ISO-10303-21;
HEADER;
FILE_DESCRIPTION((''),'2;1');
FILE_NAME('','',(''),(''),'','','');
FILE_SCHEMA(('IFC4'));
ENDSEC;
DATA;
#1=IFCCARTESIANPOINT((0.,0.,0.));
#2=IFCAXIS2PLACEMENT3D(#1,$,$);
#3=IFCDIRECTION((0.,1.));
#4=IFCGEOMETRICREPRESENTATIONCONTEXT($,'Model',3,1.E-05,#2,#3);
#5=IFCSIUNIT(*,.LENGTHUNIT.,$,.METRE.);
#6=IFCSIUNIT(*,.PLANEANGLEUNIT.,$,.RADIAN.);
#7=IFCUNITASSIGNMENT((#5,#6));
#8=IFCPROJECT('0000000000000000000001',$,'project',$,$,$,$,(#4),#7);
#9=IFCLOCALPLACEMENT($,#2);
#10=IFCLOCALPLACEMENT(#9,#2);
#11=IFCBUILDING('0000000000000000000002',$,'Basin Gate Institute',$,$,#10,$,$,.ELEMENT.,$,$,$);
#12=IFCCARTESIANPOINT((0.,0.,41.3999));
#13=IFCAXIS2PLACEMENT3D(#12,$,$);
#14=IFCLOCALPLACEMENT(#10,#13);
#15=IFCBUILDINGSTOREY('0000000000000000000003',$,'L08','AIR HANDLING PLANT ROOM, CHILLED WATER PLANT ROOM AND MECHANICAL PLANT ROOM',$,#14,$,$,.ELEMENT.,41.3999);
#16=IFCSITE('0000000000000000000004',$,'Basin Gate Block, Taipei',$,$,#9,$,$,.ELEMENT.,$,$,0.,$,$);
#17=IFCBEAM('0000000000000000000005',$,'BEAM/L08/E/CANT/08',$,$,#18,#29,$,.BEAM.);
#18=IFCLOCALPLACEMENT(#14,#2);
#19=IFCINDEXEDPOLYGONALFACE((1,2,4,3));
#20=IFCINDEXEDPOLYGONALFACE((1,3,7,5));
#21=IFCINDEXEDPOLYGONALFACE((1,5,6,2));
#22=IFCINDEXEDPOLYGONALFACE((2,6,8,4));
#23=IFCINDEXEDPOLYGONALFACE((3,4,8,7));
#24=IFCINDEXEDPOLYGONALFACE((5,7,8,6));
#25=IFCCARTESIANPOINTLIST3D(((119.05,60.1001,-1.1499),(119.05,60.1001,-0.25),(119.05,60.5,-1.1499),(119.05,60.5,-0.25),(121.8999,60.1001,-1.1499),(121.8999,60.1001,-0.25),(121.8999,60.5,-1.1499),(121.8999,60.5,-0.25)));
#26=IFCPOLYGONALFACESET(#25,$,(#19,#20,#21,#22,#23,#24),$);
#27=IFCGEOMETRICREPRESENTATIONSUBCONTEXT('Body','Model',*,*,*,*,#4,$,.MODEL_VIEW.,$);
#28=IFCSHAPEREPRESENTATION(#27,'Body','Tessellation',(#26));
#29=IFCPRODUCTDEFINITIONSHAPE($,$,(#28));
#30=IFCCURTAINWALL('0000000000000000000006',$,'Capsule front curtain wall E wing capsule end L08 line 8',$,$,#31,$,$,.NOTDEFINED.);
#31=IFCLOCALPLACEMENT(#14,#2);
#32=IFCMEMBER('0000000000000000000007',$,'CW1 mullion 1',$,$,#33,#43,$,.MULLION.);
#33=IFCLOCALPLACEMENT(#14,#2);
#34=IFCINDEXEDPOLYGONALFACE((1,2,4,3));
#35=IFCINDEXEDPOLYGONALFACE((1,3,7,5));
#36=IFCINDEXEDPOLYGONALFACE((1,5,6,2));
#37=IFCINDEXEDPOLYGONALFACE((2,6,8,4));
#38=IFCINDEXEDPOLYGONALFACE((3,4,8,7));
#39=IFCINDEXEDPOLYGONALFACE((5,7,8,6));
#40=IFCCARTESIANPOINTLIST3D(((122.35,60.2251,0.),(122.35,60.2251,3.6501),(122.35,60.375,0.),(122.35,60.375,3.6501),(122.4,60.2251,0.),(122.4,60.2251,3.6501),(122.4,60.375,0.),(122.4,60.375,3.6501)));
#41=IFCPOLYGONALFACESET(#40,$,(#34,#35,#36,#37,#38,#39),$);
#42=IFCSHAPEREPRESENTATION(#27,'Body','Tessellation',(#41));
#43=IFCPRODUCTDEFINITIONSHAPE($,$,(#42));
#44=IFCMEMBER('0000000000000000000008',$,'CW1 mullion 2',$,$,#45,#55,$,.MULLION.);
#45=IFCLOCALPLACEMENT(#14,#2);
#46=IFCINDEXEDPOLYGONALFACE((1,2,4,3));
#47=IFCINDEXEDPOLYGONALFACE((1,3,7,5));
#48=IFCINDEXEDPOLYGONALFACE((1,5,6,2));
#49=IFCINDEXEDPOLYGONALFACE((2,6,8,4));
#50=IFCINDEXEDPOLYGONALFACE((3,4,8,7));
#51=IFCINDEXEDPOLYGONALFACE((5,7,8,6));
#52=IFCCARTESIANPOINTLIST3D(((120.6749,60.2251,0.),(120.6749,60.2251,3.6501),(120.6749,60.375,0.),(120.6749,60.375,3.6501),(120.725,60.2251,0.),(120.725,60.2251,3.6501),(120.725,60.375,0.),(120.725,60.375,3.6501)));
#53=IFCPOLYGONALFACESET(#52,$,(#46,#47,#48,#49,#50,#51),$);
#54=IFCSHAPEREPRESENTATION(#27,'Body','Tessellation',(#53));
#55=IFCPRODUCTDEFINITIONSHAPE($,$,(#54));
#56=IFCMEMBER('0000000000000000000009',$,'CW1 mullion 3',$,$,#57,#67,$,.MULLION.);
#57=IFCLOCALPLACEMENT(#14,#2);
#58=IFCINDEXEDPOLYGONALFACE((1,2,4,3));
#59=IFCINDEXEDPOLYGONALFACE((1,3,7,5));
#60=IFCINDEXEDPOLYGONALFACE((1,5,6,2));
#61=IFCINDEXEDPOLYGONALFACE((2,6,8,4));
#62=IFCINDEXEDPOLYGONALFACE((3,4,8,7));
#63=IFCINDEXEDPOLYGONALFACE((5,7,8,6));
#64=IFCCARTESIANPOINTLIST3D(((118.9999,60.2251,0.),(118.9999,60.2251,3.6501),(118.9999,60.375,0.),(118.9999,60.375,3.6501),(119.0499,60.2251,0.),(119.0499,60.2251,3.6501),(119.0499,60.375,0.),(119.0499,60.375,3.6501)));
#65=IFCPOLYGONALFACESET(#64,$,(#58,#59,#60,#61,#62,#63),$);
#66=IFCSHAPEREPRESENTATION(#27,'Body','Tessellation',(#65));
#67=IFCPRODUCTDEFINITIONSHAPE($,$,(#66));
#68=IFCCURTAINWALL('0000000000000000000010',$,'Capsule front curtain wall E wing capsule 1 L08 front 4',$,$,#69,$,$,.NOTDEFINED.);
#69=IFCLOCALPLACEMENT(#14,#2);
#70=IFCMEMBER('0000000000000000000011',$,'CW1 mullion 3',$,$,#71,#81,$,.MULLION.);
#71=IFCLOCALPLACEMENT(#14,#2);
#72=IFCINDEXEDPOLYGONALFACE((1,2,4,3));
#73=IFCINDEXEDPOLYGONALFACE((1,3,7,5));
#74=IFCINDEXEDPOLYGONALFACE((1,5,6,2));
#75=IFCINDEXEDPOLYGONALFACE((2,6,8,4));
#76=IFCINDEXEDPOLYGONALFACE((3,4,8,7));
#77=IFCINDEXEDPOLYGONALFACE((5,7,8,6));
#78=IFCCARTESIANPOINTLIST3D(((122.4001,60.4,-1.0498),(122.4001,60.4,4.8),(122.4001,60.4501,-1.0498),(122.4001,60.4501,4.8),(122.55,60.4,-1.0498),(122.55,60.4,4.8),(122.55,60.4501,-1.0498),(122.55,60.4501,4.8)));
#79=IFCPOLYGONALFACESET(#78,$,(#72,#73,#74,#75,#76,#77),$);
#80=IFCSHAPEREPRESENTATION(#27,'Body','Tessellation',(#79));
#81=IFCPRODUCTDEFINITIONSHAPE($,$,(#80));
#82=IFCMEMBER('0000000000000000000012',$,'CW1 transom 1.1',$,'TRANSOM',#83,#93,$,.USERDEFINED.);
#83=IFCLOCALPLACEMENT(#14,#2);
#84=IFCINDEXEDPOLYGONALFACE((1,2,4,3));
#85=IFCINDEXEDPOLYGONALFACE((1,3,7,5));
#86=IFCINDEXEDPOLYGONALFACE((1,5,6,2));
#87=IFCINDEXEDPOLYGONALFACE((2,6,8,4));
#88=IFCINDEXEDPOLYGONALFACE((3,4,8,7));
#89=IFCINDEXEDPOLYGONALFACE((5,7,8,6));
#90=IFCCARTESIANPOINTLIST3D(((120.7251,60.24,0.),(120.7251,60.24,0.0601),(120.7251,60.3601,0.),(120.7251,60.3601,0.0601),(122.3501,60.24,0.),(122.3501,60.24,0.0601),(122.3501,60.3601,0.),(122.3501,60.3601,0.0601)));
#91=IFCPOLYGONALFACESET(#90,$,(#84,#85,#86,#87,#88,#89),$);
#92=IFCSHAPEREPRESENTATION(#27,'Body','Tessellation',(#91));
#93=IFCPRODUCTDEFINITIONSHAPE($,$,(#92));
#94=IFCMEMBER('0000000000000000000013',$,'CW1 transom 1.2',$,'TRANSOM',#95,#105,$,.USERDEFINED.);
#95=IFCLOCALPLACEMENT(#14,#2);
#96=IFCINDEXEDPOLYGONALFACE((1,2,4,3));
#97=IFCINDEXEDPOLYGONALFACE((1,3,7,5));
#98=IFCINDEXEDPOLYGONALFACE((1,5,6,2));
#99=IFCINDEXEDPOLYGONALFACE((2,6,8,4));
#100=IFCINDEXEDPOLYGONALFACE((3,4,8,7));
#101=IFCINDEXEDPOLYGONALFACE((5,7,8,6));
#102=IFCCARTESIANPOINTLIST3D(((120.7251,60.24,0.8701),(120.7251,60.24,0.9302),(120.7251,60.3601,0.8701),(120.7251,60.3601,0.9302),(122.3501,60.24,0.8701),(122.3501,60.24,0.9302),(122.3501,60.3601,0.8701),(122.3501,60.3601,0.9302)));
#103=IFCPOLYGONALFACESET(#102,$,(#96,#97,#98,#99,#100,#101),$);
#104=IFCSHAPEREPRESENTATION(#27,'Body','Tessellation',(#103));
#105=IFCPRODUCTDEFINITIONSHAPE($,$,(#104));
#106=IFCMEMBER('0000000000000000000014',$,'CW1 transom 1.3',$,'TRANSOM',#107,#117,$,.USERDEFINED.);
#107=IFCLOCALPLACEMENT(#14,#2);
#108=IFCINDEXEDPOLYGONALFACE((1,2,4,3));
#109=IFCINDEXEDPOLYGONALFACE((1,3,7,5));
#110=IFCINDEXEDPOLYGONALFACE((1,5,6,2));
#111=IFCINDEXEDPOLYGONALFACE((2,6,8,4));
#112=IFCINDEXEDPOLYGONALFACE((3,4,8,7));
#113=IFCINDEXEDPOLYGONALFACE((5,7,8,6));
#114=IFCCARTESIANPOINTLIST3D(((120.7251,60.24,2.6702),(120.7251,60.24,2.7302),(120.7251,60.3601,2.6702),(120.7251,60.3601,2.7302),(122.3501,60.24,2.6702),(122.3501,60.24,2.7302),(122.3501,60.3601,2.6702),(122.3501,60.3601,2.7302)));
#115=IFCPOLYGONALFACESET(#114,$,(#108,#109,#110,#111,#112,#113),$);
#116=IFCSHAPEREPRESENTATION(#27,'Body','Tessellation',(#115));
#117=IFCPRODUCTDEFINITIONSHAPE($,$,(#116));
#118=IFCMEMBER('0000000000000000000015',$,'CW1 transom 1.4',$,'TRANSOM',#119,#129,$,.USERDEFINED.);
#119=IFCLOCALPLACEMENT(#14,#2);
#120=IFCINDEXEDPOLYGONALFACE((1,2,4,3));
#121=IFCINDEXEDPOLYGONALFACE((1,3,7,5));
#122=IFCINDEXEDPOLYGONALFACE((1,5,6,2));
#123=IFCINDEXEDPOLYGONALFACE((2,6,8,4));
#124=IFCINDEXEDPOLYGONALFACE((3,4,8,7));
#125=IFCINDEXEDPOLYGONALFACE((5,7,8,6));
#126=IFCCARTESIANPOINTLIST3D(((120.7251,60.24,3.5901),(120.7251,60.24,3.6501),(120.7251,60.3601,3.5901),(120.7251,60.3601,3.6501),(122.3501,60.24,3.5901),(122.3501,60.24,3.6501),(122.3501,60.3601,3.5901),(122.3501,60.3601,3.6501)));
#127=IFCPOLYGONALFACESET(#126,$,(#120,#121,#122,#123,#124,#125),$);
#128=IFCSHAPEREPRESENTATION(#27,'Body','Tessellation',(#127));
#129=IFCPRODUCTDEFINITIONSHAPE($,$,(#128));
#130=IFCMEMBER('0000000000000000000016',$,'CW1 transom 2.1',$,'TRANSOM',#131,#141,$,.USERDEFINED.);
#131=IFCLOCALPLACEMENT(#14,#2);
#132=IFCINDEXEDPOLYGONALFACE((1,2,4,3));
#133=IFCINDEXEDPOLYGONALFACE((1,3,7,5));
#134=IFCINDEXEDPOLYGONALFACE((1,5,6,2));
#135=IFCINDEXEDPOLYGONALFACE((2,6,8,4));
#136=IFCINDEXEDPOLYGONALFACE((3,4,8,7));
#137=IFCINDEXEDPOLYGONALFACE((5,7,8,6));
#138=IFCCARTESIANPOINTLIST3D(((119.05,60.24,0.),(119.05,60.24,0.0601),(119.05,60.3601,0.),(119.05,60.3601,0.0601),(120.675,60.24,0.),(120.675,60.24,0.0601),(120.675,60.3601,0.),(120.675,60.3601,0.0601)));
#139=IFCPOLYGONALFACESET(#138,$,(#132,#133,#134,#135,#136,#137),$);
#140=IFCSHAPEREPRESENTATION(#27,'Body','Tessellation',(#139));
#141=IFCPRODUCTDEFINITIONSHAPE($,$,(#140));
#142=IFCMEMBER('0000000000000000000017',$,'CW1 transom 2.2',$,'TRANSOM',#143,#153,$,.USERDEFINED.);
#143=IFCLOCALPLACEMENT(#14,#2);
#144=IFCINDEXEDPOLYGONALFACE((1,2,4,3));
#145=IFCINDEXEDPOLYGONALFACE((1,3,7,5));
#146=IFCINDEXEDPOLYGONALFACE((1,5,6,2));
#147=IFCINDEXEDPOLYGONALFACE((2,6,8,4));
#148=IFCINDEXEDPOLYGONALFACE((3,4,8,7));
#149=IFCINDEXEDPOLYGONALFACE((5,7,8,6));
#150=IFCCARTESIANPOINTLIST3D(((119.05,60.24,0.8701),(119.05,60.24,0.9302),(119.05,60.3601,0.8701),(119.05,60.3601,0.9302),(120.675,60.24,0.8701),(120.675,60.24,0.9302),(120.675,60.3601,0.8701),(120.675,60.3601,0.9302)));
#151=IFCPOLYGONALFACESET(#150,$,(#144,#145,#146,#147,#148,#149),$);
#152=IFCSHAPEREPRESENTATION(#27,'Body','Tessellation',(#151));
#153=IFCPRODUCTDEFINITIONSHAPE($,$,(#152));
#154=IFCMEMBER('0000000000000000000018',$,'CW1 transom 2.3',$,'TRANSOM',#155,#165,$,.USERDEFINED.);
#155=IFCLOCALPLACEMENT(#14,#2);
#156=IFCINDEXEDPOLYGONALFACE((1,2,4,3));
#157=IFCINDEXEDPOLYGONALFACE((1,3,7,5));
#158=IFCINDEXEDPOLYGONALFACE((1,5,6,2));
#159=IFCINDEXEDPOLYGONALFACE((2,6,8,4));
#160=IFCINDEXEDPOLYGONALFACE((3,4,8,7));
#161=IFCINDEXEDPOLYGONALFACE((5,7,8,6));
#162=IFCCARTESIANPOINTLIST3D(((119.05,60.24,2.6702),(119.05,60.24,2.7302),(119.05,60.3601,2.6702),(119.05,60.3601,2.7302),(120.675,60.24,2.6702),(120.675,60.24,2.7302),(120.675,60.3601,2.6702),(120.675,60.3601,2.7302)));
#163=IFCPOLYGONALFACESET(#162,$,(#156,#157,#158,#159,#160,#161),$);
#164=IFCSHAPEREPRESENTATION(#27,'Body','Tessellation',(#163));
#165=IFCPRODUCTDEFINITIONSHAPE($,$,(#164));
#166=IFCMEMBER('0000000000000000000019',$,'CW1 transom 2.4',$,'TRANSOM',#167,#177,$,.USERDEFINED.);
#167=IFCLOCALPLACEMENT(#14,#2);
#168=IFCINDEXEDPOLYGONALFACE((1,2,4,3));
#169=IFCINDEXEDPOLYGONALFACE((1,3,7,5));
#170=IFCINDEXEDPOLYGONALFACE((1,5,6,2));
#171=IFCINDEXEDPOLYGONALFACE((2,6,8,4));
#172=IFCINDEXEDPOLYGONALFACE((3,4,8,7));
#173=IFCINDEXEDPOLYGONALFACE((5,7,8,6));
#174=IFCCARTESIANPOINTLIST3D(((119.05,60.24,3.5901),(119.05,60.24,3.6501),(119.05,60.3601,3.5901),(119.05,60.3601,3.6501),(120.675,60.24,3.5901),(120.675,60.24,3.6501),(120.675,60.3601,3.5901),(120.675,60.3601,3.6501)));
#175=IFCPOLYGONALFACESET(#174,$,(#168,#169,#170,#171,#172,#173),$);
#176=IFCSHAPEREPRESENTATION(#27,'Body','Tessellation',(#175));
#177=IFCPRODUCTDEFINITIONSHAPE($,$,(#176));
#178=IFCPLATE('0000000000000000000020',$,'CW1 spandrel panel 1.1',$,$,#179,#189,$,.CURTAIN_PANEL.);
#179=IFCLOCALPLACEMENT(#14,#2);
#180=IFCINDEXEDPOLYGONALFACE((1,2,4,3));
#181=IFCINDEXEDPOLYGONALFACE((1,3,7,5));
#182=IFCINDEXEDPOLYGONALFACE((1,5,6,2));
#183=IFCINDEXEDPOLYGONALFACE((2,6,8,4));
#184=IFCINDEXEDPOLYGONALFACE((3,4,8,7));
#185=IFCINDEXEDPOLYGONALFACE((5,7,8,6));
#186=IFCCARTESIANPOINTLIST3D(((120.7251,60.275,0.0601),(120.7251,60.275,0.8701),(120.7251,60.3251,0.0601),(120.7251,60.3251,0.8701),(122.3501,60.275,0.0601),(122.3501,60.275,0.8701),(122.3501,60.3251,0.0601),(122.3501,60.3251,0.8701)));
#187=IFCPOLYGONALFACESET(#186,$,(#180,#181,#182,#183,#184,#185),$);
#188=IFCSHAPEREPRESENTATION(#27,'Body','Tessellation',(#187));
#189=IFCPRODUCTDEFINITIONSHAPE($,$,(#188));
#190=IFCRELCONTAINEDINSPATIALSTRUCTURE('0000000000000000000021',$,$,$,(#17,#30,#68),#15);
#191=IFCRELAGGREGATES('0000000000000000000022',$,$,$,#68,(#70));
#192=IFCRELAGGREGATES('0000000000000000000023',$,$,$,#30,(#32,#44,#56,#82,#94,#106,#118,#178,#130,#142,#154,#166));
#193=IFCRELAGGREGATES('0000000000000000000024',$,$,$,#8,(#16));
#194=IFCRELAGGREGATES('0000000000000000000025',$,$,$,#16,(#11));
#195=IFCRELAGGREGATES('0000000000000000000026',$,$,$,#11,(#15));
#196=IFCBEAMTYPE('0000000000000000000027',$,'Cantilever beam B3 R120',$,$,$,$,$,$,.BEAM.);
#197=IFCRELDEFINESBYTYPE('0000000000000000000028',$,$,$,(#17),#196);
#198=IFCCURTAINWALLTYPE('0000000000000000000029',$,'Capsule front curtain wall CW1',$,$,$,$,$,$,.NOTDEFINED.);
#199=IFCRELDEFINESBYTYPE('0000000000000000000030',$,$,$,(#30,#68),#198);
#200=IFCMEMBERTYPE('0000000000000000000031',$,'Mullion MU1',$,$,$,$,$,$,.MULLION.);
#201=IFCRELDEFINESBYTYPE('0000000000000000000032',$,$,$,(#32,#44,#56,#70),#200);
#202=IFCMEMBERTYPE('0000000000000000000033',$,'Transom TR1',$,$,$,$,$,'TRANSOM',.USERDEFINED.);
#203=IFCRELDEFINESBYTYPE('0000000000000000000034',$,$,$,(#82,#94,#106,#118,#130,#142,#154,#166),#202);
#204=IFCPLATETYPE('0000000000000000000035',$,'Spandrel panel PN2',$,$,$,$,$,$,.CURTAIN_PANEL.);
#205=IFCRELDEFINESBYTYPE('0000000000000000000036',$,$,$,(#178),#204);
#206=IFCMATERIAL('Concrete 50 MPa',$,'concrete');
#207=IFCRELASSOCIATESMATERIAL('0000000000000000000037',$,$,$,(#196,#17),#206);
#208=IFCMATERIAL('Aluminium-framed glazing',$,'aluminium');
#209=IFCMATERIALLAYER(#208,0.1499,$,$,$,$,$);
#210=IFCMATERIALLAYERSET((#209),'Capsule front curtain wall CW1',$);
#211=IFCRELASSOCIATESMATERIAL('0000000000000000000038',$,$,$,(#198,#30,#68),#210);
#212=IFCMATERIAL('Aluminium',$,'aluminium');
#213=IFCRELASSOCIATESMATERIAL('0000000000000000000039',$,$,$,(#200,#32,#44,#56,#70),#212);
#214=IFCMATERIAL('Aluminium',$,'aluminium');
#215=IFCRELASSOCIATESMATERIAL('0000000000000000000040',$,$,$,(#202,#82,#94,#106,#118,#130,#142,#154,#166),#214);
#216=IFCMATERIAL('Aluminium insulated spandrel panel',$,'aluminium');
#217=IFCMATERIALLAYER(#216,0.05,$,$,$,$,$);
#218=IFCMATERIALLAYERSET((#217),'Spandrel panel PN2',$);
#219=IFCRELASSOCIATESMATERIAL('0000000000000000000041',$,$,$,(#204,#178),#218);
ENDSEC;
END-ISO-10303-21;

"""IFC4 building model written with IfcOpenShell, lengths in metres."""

from ifc_helpers import new_model, si_unit, direction, frame, origin, origin_2d, place, context, subcontext, project, spatial, rectangle, extrude, material, layer, layer_set, material_profile, profile_set, type_object, element, aggregate, save


model = new_model("IFC4")

# Units and contexts
model_context = context("Model", 3, precision=1e-05, world=origin(), true_north=direction((0.0, 1.0)))
body_context = subcontext(model_context, "Body", "Model", "MODEL_VIEW")
ifc_project = project(units=[si_unit("LENGTHUNIT", "METRE"), si_unit("PLANEANGLEUNIT", "RADIAN")], contexts=[model_context])

# Site, building, storey
site_placement = place(None, origin())
site = spatial("IfcSite", under=ifc_project, at=site_placement, Name="Basin Gate Block, Taipei", CompositionType="ELEMENT", RefElevation=0.0)
building_placement = place(site_placement, origin())
building = spatial("IfcBuilding", under=site, at=building_placement, Name="Basin Gate Institute", CompositionType="ELEMENT")
storey_placement = place(building_placement, frame((0.0, 0.0, 41.3999)))
storey = spatial("IfcBuildingStorey", under=building, at=storey_placement, Name="L08", Description="AIR HANDLING PLANT ROOM, CHILLED WATER PLANT ROOM AND MECHANICAL PLANT ROOM", CompositionType="ELEMENT", Elevation=41.3999)

# Beam
ifc_material_1 = material(Name="Concrete 50 MPa", Category="concrete")
ifc_material_profile_1 = material_profile(ifc_material_1, rectangle(XDim=0.3999, YDim=0.8999, at=origin_2d()), Name="Cantilever beam B3 400 x 900")
ifc_profile_set_1 = profile_set([ifc_material_profile_1], Name="Concrete 50 MPa")
beam_type = type_object("IfcBeamType", Name="Cantilever beam B3 R120", PredefinedType="BEAM", material=ifc_profile_set_1)
beam_placement = place(storey_placement, frame((121.8999, 60.3, -0.7), z_axis=(-1.0, 0.0, 0.0), x_axis=(0.0, -1.0, 0.0)))
element("IfcBeam", 1, at=beam_placement, inside=storey, type_object=beam_type, material=ifc_profile_set_1, Name="BEAM/L08/E/CANT/08", PredefinedType="BEAM", context=body_context, shape_type="SweptSolid", body=[
    extrude(rectangle(XDim=0.3999, YDim=0.8999, at=origin_2d()), origin(), (0.0, 0.0, 1.0), 2.8499),
])

# Curtain wall, members
ifc_material_2 = material(Name="Aluminium-framed glazing", Category="aluminium")
ifc_layer_1 = layer(ifc_material_2, 0.1499)
ifc_layer_set_1 = layer_set([ifc_layer_1], Name="Capsule front curtain wall CW1")
curtain_wall_type = type_object("IfcCurtainWallType", Name="Capsule front curtain wall CW1", PredefinedType="NOTDEFINED", material=ifc_layer_set_1)
curtain_wall_1_placement = place(storey_placement, origin())
curtain_wall_1 = element("IfcCurtainWall", 2, at=curtain_wall_1_placement, inside=storey, type_object=curtain_wall_type, material=ifc_layer_set_1, Name="Capsule front curtain wall E wing capsule end L08 line 8", PredefinedType="NOTDEFINED")
ifc_material_3 = material(Name="Aluminium", Category="aluminium")
ifc_material_profile_2 = material_profile(ifc_material_3, rectangle(XDim=0.1499, YDim=0.05, at=origin_2d()), Name="Mullion MU1 150 x 50")
ifc_profile_set_2 = profile_set([ifc_material_profile_2], Name="Aluminium")
member_type_1 = type_object("IfcMemberType", Name="Mullion MU1", PredefinedType="MULLION", material=ifc_profile_set_2)
member_1_placement = place(storey_placement, frame((122.375, 60.3, 0.0), z_axis=(0.0, 0.0, 1.0), x_axis=(0.0, -1.0, 0.0)))
member_1 = element("IfcMember", 3, at=member_1_placement, type_object=member_type_1, material=ifc_profile_set_2, Name="CW1 mullion 1", PredefinedType="MULLION", context=body_context, shape_type="SweptSolid", body=[
    extrude(rectangle(XDim=0.1499, YDim=0.05, at=origin_2d()), origin(), (0.0, 0.0, 1.0), 3.6501),
])
member_2_placement = place(storey_placement, frame((120.7, 60.3, 0.0), z_axis=(0.0, 0.0, 1.0), x_axis=(0.0, -1.0, 0.0)))
member_2 = element("IfcMember", 4, at=member_2_placement, type_object=member_type_1, material=ifc_profile_set_2, Name="CW1 mullion 2", PredefinedType="MULLION", context=body_context, shape_type="SweptSolid", body=[
    extrude(rectangle(XDim=0.1499, YDim=0.05, at=origin_2d()), origin(), (0.0, 0.0, 1.0), 3.6501),
])
member_3_placement = place(storey_placement, frame((119.0249, 60.3, 0.0), z_axis=(0.0, 0.0, 1.0), x_axis=(0.0, -1.0, 0.0)))
member_3 = element("IfcMember", 5, at=member_3_placement, type_object=member_type_1, material=ifc_profile_set_2, Name="CW1 mullion 3", PredefinedType="MULLION", context=body_context, shape_type="SweptSolid", body=[
    extrude(rectangle(XDim=0.1499, YDim=0.05, at=origin_2d()), origin(), (0.0, 0.0, 1.0), 3.6501),
])

# Curtain wall, member
curtain_wall_2_placement = place(storey_placement, origin())
curtain_wall_2 = element("IfcCurtainWall", 6, at=curtain_wall_2_placement, inside=storey, type_object=curtain_wall_type, material=ifc_layer_set_1, Name="Capsule front curtain wall E wing capsule 1 L08 front 4", PredefinedType="NOTDEFINED")
member_4_placement = place(storey_placement, frame((122.4751, 60.425, -1.0498), z_axis=(0.0, 0.0, 1.0), x_axis=(-1.0, 0.0, 0.0)))
member_4 = element("IfcMember", 7, at=member_4_placement, type_object=member_type_1, material=ifc_profile_set_2, Name="CW1 mullion 3", PredefinedType="MULLION", context=body_context, shape_type="SweptSolid", body=[
    extrude(rectangle(XDim=0.1499, YDim=0.05, at=origin_2d()), origin(), (0.0, 0.0, 1.0), 5.8499),
])
aggregate(curtain_wall_2, [member_4])

# Members
ifc_material_4 = material(Name="Aluminium", Category="aluminium")
ifc_material_profile_3 = material_profile(ifc_material_4, rectangle(XDim=0.1201, YDim=0.0601, at=origin_2d()), Name="Transom TR1 120 x 60")
ifc_profile_set_3 = profile_set([ifc_material_profile_3], Name="Aluminium")
member_type_2 = type_object("IfcMemberType", Name="Transom TR1", ElementType="TRANSOM", PredefinedType="USERDEFINED", material=ifc_profile_set_3)
member_5_placement = place(storey_placement, frame((122.3501, 60.3, 0.03), z_axis=(-1.0, 0.0, 0.0), x_axis=(0.0, -1.0, 0.0)))
member_5 = element("IfcMember", 8, at=member_5_placement, type_object=member_type_2, material=ifc_profile_set_3, Name="CW1 transom 1.1", ObjectType="TRANSOM", PredefinedType="USERDEFINED", context=body_context, shape_type="SweptSolid", body=[
    extrude(rectangle(XDim=0.1201, YDim=0.0601, at=origin_2d()), origin(), (0.0, 0.0, 1.0), 1.625),
])
member_6_placement = place(storey_placement, frame((122.3501, 60.3, 0.9001), z_axis=(-1.0, 0.0, 0.0), x_axis=(0.0, -1.0, 0.0)))
member_6 = element("IfcMember", 9, at=member_6_placement, type_object=member_type_2, material=ifc_profile_set_3, Name="CW1 transom 1.2", ObjectType="TRANSOM", PredefinedType="USERDEFINED", context=body_context, shape_type="SweptSolid", body=[
    extrude(rectangle(XDim=0.1201, YDim=0.0601, at=origin_2d()), origin(), (0.0, 0.0, 1.0), 1.625),
])
member_7_placement = place(storey_placement, frame((122.3501, 60.3, 2.7002), z_axis=(-1.0, 0.0, 0.0), x_axis=(0.0, -1.0, 0.0)))
member_7 = element("IfcMember", 10, at=member_7_placement, type_object=member_type_2, material=ifc_profile_set_3, Name="CW1 transom 1.3", ObjectType="TRANSOM", PredefinedType="USERDEFINED", context=body_context, shape_type="SweptSolid", body=[
    extrude(rectangle(XDim=0.1201, YDim=0.0601, at=origin_2d()), origin(), (0.0, 0.0, 1.0), 1.625),
])
member_8_placement = place(storey_placement, frame((122.3501, 60.3, 3.6201), z_axis=(-1.0, 0.0, 0.0), x_axis=(0.0, -1.0, 0.0)))
member_8 = element("IfcMember", 11, at=member_8_placement, type_object=member_type_2, material=ifc_profile_set_3, Name="CW1 transom 1.4", ObjectType="TRANSOM", PredefinedType="USERDEFINED", context=body_context, shape_type="SweptSolid", body=[
    extrude(rectangle(XDim=0.1201, YDim=0.0601, at=origin_2d()), origin(), (0.0, 0.0, 1.0), 1.625),
])
member_9_placement = place(storey_placement, frame((120.675, 60.3, 0.03), z_axis=(-1.0, 0.0, 0.0), x_axis=(0.0, -1.0, 0.0)))
member_9 = element("IfcMember", 12, at=member_9_placement, type_object=member_type_2, material=ifc_profile_set_3, Name="CW1 transom 2.1", ObjectType="TRANSOM", PredefinedType="USERDEFINED", context=body_context, shape_type="SweptSolid", body=[
    extrude(rectangle(XDim=0.1201, YDim=0.0601, at=origin_2d()), origin(), (0.0, 0.0, 1.0), 1.625),
])
member_10_placement = place(storey_placement, frame((120.675, 60.3, 0.9001), z_axis=(-1.0, 0.0, 0.0), x_axis=(0.0, -1.0, 0.0)))
member_10 = element("IfcMember", 13, at=member_10_placement, type_object=member_type_2, material=ifc_profile_set_3, Name="CW1 transom 2.2", ObjectType="TRANSOM", PredefinedType="USERDEFINED", context=body_context, shape_type="SweptSolid", body=[
    extrude(rectangle(XDim=0.1201, YDim=0.0601, at=origin_2d()), origin(), (0.0, 0.0, 1.0), 1.625),
])
member_11_placement = place(storey_placement, frame((120.675, 60.3, 2.7002), z_axis=(-1.0, 0.0, 0.0), x_axis=(0.0, -1.0, 0.0)))
member_11 = element("IfcMember", 14, at=member_11_placement, type_object=member_type_2, material=ifc_profile_set_3, Name="CW1 transom 2.3", ObjectType="TRANSOM", PredefinedType="USERDEFINED", context=body_context, shape_type="SweptSolid", body=[
    extrude(rectangle(XDim=0.1201, YDim=0.0601, at=origin_2d()), origin(), (0.0, 0.0, 1.0), 1.625),
])
member_12_placement = place(storey_placement, frame((120.675, 60.3, 3.6201), z_axis=(-1.0, 0.0, 0.0), x_axis=(0.0, -1.0, 0.0)))
member_12 = element("IfcMember", 15, at=member_12_placement, type_object=member_type_2, material=ifc_profile_set_3, Name="CW1 transom 2.4", ObjectType="TRANSOM", PredefinedType="USERDEFINED", context=body_context, shape_type="SweptSolid", body=[
    extrude(rectangle(XDim=0.1201, YDim=0.0601, at=origin_2d()), origin(), (0.0, 0.0, 1.0), 1.625),
])

# Plate
ifc_material_5 = material(Name="Aluminium insulated spandrel panel", Category="aluminium")
ifc_layer_2 = layer(ifc_material_5, 0.05)
ifc_layer_set_2 = layer_set([ifc_layer_2], Name="Spandrel panel PN2")
plate_type_1 = type_object("IfcPlateType", Name="Spandrel panel PN2", PredefinedType="CURTAIN_PANEL", material=ifc_layer_set_2)
plate_1_placement = place(storey_placement, frame((121.5376, 60.3, 0.0601), z_axis=(0.0, 0.0, 1.0), x_axis=(-1.0, 0.0, 0.0)))
plate_1 = element("IfcPlate", 16, at=plate_1_placement, type_object=plate_type_1, material=ifc_layer_set_2, Name="CW1 spandrel panel 1.1", PredefinedType="CURTAIN_PANEL", context=body_context, shape_type="SweptSolid", body=[
    extrude(rectangle(XDim=1.625, YDim=0.05, at=origin_2d()), origin(), (0.0, 0.0, 1.0), 0.8101),
])
aggregate(curtain_wall_1, [member_1, member_2, member_3, member_5, member_6, member_7, member_8, plate_1, member_9, member_10, member_11, member_12])

save(model, "model.ifc")
